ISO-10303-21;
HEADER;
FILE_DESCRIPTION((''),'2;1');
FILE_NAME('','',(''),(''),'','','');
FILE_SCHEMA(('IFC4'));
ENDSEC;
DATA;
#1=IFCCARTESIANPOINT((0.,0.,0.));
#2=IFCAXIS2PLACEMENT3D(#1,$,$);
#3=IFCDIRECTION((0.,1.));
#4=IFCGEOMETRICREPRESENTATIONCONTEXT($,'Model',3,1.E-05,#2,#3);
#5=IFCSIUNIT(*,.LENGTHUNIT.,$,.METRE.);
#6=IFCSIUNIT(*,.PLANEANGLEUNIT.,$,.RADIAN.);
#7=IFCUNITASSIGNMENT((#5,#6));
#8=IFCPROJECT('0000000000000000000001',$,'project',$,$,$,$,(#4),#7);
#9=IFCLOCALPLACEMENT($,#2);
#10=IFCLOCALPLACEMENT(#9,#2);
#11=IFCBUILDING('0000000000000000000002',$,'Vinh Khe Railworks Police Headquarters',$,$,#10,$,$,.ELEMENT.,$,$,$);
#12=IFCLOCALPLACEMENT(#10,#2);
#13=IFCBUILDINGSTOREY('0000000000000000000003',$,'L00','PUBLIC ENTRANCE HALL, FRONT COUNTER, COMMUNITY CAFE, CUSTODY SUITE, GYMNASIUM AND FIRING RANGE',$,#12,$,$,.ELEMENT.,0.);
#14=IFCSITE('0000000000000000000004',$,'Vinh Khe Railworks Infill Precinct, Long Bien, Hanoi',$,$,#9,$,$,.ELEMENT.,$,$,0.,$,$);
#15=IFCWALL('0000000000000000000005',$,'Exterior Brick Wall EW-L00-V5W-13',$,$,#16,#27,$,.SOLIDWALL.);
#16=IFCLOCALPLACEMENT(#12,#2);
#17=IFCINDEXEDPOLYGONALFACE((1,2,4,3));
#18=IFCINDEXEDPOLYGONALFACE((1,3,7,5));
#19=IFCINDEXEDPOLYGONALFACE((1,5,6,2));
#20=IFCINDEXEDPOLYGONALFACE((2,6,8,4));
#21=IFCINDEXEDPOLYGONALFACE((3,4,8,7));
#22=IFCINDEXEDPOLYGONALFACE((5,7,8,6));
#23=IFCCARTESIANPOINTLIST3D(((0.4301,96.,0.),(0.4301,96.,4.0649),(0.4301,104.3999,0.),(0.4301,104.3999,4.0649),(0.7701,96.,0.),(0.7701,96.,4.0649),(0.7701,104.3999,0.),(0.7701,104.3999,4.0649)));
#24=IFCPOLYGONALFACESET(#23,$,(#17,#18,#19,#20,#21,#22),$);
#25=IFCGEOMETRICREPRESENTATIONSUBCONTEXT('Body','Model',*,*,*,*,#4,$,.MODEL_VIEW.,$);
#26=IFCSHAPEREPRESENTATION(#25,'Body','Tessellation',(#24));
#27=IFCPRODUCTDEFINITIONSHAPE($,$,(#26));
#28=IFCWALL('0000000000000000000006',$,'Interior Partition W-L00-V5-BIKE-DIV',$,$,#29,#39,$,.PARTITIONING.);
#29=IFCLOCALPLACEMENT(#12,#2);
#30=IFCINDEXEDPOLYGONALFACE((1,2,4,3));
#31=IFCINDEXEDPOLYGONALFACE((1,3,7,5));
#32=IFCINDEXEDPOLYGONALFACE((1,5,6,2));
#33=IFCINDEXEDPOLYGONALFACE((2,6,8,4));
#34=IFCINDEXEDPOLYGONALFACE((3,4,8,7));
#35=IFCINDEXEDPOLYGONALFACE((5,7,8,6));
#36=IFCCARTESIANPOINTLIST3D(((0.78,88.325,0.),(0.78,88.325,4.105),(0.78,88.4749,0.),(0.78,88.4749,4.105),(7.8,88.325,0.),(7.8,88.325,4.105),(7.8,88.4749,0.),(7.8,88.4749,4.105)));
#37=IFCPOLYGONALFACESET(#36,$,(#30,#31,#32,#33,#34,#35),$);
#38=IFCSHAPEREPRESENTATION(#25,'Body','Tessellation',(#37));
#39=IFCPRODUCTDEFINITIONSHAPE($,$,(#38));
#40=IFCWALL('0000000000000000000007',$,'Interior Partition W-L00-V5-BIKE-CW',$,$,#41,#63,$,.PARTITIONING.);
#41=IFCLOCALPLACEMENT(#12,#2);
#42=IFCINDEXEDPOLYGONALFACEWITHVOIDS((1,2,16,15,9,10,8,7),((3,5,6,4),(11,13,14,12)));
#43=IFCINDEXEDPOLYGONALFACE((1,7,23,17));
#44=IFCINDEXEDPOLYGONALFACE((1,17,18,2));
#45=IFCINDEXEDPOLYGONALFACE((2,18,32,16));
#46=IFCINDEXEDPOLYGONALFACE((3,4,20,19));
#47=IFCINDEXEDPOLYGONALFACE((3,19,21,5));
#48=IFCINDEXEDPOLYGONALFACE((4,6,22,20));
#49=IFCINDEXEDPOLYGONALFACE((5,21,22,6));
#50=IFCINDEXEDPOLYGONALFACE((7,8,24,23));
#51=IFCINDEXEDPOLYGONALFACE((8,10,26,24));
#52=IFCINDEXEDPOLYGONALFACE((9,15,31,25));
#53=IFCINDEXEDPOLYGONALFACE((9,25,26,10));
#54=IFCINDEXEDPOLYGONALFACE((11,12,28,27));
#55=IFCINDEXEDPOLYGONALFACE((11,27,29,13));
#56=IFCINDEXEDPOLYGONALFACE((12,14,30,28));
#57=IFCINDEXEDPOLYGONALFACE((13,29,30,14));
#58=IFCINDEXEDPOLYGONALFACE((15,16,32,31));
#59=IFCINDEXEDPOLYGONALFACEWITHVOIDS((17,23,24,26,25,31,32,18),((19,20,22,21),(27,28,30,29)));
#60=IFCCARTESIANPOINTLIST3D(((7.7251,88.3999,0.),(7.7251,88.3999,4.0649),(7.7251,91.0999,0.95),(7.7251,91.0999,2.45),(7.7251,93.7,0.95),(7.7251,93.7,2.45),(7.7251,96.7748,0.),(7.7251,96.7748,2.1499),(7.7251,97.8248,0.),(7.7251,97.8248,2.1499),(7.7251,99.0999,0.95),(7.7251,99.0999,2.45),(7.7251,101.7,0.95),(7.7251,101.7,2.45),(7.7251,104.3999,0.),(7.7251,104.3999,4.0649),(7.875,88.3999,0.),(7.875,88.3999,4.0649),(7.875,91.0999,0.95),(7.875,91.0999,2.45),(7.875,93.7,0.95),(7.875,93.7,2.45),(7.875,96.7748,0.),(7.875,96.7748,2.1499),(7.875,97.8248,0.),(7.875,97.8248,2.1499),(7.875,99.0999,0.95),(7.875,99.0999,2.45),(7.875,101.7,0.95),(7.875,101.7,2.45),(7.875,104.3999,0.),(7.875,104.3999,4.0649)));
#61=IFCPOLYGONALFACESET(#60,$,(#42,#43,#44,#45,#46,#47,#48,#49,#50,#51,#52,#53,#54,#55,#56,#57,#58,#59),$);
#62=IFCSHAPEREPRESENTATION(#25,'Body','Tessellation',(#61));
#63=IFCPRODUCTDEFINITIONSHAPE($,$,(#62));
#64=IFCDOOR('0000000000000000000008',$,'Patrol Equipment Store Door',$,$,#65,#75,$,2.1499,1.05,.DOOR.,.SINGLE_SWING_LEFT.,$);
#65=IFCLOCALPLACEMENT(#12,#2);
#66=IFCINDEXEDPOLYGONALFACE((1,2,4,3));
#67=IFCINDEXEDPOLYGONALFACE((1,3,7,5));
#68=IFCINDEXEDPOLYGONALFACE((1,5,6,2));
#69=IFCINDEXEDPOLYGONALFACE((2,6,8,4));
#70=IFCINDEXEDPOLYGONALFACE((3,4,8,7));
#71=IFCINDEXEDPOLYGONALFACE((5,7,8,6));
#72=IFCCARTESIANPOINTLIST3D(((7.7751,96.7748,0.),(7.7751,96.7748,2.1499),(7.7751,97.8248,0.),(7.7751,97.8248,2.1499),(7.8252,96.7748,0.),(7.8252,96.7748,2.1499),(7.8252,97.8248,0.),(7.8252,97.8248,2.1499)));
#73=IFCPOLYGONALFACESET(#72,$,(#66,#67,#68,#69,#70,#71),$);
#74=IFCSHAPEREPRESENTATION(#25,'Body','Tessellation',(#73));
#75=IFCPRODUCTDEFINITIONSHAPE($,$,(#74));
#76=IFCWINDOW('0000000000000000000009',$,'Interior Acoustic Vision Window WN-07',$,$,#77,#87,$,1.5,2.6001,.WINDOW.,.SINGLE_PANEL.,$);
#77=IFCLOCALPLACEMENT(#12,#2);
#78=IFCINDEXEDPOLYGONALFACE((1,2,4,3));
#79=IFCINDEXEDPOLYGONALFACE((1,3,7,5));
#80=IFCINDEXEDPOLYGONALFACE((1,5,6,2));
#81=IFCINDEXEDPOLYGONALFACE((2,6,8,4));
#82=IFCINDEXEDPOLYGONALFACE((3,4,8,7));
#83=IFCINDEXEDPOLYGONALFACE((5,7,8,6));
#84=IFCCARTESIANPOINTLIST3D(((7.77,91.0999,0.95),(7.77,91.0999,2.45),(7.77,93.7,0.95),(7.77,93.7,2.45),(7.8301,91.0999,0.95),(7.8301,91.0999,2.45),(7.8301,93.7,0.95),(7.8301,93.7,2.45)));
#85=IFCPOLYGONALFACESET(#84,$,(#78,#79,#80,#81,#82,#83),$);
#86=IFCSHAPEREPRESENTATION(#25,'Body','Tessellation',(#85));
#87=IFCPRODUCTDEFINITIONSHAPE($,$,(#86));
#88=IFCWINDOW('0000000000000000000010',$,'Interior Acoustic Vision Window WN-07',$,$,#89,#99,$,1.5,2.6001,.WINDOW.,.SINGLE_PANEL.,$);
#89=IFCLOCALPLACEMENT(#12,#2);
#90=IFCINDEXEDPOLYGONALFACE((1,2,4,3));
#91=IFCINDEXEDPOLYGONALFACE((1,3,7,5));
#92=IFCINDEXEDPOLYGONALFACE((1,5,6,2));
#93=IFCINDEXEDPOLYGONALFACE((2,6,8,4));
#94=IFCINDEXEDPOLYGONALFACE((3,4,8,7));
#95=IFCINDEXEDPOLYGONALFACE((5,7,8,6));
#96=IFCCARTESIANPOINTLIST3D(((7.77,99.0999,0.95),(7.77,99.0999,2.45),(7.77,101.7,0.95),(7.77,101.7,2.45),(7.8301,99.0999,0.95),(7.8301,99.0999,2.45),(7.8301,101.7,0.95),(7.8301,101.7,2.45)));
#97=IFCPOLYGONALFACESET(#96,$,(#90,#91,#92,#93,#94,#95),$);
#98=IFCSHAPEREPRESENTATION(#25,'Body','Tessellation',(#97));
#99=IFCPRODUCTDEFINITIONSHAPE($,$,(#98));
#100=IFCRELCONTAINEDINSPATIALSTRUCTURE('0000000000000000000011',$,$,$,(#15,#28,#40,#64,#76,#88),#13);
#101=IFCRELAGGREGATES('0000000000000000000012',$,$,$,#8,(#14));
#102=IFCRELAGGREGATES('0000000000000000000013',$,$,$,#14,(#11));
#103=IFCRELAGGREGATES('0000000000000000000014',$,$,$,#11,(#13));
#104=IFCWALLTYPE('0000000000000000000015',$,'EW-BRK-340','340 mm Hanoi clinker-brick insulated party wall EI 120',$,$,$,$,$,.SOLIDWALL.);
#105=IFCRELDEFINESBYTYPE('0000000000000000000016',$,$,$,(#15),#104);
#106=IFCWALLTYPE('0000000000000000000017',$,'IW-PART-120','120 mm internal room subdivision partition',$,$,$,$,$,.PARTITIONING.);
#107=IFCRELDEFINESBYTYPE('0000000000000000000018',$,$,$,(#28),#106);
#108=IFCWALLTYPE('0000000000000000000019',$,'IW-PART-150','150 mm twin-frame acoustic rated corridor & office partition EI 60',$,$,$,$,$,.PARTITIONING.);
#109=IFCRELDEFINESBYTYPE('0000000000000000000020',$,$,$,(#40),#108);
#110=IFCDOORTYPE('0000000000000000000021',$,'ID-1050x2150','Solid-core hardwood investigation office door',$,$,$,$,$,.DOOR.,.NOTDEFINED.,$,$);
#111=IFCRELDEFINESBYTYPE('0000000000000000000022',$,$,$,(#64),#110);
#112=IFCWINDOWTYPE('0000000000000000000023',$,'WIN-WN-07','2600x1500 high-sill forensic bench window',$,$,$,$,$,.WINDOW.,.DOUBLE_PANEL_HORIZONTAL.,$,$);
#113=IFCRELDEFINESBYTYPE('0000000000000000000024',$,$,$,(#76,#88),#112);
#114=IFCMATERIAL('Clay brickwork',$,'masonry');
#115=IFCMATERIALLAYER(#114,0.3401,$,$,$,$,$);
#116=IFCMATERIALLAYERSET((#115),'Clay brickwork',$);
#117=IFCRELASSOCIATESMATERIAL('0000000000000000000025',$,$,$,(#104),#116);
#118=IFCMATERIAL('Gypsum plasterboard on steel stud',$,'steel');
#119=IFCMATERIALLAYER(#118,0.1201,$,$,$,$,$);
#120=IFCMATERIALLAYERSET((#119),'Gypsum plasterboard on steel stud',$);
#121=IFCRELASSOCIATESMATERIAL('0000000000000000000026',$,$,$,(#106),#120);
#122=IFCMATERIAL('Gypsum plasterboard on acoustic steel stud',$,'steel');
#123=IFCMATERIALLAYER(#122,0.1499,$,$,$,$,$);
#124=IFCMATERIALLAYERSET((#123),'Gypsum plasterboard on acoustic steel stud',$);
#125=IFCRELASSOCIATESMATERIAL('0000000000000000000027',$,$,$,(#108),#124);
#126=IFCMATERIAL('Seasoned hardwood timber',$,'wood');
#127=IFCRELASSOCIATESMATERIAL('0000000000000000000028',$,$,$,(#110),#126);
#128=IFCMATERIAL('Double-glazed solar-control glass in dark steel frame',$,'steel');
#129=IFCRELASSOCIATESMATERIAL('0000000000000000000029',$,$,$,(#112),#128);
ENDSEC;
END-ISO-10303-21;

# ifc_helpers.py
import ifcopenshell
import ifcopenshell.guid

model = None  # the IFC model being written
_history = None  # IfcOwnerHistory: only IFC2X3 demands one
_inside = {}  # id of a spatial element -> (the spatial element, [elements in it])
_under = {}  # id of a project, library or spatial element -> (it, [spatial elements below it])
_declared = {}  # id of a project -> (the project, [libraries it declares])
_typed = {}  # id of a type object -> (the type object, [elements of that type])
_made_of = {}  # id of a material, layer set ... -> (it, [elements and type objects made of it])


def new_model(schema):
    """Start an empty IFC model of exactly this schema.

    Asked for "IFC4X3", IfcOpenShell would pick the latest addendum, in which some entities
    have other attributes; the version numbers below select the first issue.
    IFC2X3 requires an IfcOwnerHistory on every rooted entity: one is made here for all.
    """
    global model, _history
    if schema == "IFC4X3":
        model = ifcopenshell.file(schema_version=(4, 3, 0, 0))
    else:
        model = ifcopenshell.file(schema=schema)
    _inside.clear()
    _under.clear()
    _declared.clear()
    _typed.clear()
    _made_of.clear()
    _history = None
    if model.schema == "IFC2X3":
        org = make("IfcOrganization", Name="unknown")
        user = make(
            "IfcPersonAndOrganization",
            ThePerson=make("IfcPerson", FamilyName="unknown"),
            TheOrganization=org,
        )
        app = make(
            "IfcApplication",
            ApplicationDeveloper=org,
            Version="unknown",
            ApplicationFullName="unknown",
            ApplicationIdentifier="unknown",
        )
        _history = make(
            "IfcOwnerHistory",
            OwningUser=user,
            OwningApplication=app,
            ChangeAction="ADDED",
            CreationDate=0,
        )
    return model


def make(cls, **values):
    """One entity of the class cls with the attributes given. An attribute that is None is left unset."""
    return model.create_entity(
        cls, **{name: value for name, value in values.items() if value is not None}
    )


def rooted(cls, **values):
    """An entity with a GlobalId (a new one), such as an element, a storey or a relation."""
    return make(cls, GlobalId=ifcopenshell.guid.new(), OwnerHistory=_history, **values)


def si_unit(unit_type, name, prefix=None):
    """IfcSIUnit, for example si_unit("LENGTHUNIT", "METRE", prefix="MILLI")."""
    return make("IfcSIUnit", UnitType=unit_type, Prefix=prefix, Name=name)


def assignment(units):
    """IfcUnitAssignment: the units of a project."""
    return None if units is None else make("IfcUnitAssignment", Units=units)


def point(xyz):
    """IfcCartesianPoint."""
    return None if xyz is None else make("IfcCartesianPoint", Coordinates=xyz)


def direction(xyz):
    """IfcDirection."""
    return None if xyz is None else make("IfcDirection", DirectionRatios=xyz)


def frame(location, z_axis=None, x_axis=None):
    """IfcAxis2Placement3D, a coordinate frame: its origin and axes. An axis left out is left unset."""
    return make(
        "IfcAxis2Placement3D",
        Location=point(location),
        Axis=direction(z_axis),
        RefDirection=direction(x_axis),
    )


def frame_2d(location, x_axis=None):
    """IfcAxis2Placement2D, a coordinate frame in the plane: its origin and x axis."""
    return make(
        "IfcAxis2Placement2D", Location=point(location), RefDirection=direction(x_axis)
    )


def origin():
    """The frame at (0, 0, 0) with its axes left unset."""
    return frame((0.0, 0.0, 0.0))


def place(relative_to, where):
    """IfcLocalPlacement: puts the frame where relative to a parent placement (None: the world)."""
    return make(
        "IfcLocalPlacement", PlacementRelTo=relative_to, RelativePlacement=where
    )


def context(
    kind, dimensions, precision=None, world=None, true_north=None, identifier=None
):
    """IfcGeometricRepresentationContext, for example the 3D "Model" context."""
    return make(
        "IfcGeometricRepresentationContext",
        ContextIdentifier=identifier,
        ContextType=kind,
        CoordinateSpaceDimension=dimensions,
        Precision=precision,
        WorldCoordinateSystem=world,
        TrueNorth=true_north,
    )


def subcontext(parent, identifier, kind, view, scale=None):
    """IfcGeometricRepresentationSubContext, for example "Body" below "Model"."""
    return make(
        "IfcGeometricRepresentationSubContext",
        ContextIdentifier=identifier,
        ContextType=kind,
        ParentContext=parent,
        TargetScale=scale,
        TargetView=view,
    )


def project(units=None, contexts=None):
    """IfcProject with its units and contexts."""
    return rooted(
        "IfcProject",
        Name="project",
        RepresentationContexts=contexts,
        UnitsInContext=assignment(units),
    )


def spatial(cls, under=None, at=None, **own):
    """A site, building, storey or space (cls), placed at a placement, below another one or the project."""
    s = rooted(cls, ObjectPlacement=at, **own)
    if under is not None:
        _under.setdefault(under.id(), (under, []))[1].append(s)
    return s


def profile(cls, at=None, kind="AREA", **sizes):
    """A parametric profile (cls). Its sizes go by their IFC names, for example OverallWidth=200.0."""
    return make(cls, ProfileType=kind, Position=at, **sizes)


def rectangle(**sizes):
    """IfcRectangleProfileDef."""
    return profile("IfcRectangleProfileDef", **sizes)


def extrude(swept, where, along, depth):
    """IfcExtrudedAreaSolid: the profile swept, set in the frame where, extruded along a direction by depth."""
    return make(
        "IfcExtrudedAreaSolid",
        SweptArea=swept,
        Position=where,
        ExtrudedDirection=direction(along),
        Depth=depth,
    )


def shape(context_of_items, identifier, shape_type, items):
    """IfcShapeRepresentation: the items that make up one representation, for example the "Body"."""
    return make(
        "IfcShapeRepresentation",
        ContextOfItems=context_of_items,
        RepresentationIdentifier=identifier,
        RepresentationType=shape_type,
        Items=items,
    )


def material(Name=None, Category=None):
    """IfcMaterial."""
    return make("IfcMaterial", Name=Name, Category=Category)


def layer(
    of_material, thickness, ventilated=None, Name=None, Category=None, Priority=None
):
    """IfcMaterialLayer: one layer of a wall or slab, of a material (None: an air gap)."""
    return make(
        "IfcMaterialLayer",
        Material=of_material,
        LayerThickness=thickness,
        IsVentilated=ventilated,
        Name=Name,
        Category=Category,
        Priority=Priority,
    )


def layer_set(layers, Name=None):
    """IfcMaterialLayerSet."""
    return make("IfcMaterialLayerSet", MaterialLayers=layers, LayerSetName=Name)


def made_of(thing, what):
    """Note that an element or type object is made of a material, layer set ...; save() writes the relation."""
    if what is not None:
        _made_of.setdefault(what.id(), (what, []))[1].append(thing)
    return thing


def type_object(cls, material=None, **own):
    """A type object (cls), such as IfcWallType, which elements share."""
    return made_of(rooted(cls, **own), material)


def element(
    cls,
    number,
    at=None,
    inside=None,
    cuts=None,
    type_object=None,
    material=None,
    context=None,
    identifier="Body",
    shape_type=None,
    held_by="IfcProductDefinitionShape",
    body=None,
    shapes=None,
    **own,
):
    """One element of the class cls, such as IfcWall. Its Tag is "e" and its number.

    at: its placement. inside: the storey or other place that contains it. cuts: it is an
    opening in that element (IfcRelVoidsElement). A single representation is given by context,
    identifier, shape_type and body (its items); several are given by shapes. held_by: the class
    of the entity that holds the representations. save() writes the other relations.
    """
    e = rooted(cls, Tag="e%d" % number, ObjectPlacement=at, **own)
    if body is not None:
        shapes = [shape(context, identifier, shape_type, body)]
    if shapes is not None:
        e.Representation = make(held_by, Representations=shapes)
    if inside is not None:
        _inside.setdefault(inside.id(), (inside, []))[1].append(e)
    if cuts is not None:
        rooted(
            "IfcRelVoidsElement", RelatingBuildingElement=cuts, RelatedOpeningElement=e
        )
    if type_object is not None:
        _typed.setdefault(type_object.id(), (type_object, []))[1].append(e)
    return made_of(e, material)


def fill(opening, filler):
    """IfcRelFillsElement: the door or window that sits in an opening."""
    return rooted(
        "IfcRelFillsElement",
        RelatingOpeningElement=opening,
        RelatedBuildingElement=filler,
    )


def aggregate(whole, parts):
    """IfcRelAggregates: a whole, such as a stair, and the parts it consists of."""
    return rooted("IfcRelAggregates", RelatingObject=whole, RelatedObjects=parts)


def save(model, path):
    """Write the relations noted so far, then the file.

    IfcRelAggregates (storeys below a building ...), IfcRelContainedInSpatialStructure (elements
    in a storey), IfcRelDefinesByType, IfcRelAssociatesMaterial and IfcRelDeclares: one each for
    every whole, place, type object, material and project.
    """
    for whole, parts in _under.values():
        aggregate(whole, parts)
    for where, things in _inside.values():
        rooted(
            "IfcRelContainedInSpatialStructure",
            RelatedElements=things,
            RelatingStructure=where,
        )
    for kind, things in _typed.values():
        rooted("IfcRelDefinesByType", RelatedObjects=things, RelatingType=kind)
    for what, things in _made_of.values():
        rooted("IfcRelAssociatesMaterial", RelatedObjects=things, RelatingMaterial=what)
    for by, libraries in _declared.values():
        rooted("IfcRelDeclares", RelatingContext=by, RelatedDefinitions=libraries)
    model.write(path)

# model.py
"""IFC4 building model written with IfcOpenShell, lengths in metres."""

from ifc_helpers import new_model, si_unit, direction, frame, frame_2d, origin, place, context, subcontext, project, spatial, rectangle, extrude, material, layer, layer_set, type_object, element, fill, save


model = new_model("IFC4")

# Units and contexts
model_context = context("Model", 3, precision=1e-05, world=origin(), true_north=direction((0.0, 1.0)))
body_context = subcontext(model_context, "Body", "Model", "MODEL_VIEW")
ifc_project = project(units=[si_unit("LENGTHUNIT", "METRE"), si_unit("PLANEANGLEUNIT", "RADIAN")], contexts=[model_context])

# Site, building, storey
site_placement = place(None, origin())
site = spatial("IfcSite", under=ifc_project, at=site_placement, Name="Vinh Khe Railworks Infill Precinct, Long Bien, Hanoi", CompositionType="ELEMENT", RefElevation=0.0)
building_placement = place(site_placement, origin())
building = spatial("IfcBuilding", under=site, at=building_placement, Name="Vinh Khe Railworks Police Headquarters", CompositionType="ELEMENT")
storey_placement = place(building_placement, origin())
storey = spatial("IfcBuildingStorey", under=building, at=storey_placement, Name="L00", Description="PUBLIC ENTRANCE HALL, FRONT COUNTER, COMMUNITY CAFE, CUSTODY SUITE, GYMNASIUM AND FIRING RANGE", CompositionType="ELEMENT", Elevation=0.0)

# Walls
ifc_material_1 = material(Name="Clay brickwork", Category="masonry")
ifc_layer_1 = layer(ifc_material_1, 0.3401)
ifc_layer_set_1 = layer_set([ifc_layer_1], Name="Clay brickwork")
wall_type_1 = type_object("IfcWallType", Name="EW-BRK-340", Description="340 mm Hanoi clinker-brick insulated party wall EI 120", PredefinedType="SOLIDWALL", material=ifc_layer_set_1)
wall_1_placement = place(storey_placement, frame((0.6001, 96.0, 0.0), z_axis=(0.0, 0.0, 1.0), x_axis=(0.0, 1.0, 0.0)))
element("IfcWall", 1, at=wall_1_placement, inside=storey, type_object=wall_type_1, Name="Exterior Brick Wall EW-L00-V5W-13", PredefinedType="SOLIDWALL", context=body_context, shape_type="SweptSolid", body=[
    extrude(rectangle(XDim=8.3999, YDim=0.3401, at=frame_2d((4.2, 0.0))), origin(), (0.0, 0.0, 1.0), 4.0649),
])
ifc_material_2 = material(Name="Gypsum plasterboard on steel stud", Category="steel")
ifc_layer_2 = layer(ifc_material_2, 0.1201)
ifc_layer_set_2 = layer_set([ifc_layer_2], Name="Gypsum plasterboard on steel stud")
wall_type_2 = type_object("IfcWallType", Name="IW-PART-120", Description="120 mm internal room subdivision partition", PredefinedType="PARTITIONING", material=ifc_layer_set_2)
wall_2_placement = place(storey_placement, frame((0.78, 88.3999, 0.0), z_axis=(0.0, 0.0, 1.0), x_axis=(1.0, 0.0, 0.0)))
element("IfcWall", 2, at=wall_2_placement, inside=storey, type_object=wall_type_2, Name="Interior Partition W-L00-V5-BIKE-DIV", PredefinedType="PARTITIONING", context=body_context, shape_type="SweptSolid", body=[
    extrude(rectangle(XDim=7.02, YDim=0.1499, at=frame_2d((3.51, 0.0))), origin(), (0.0, 0.0, 1.0), 4.105),
])

# Wall, openings, door, windows
ifc_material_3 = material(Name="Gypsum plasterboard on acoustic steel stud", Category="steel")
ifc_layer_3 = layer(ifc_material_3, 0.1499)
ifc_layer_set_3 = layer_set([ifc_layer_3], Name="Gypsum plasterboard on acoustic steel stud")
wall_type_3 = type_object("IfcWallType", Name="IW-PART-150", Description="150 mm twin-frame acoustic rated corridor & office partition EI 60", PredefinedType="PARTITIONING", material=ifc_layer_set_3)
wall_3_placement = place(storey_placement, frame((7.8, 88.3999, 0.0), z_axis=(0.0, 0.0, 1.0), x_axis=(0.0, 1.0, 0.0)))
wall_3 = element("IfcWall", 3, at=wall_3_placement, inside=storey, type_object=wall_type_3, Name="Interior Partition W-L00-V5-BIKE-CW", PredefinedType="PARTITIONING", context=body_context, shape_type="SweptSolid", body=[
    extrude(rectangle(XDim=16.0, YDim=0.1499, at=frame_2d((8.0, 0.0))), origin(), (0.0, 0.0, 1.0), 4.0649),
])
opening_1_placement = place(wall_3_placement, frame((8.375, 0.0, 0.0)))
opening_1 = element("IfcOpeningElement", 4, at=opening_1_placement, cuts=wall_3, PredefinedType="OPENING", context=body_context, shape_type="SweptSolid", body=[
    extrude(rectangle(XDim=1.05, YDim=2.1499, at=frame_2d((0.5249, 1.075))), frame((0.0, 0.0898, 0.0), z_axis=(0.0, -1.0, 0.0), x_axis=(1.0, 0.0, 0.0)), (0.0, 0.0, 1.0), 0.1797),
])
opening_2_placement = place(wall_3_placement, frame((2.7, 0.0, 0.95)))
opening_2 = element("IfcOpeningElement", 5, at=opening_2_placement, cuts=wall_3, PredefinedType="OPENING", context=body_context, shape_type="SweptSolid", body=[
    extrude(rectangle(XDim=2.6001, YDim=1.5, at=frame_2d((1.3, 0.75))), frame((0.0, 0.0898, 0.0), z_axis=(0.0, -1.0, 0.0), x_axis=(1.0, 0.0, 0.0)), (0.0, 0.0, 1.0), 0.1797),
])
opening_3_placement = place(wall_3_placement, frame((10.7, 0.0, 0.95)))
opening_3 = element("IfcOpeningElement", 6, at=opening_3_placement, cuts=wall_3, PredefinedType="OPENING", context=body_context, shape_type="SweptSolid", body=[
    extrude(rectangle(XDim=2.6001, YDim=1.5, at=frame_2d((1.3, 0.75))), frame((0.0, 0.0898, 0.0), z_axis=(0.0, -1.0, 0.0), x_axis=(1.0, 0.0, 0.0)), (0.0, 0.0, 1.0), 0.1797),
])
ifc_material_4 = material(Name="Seasoned hardwood timber", Category="wood")
door_type = type_object("IfcDoorType", Name="ID-1050x2150", Description="Solid-core hardwood investigation office door", OperationType="NOTDEFINED", PredefinedType="DOOR", material=ifc_material_4)
door_placement = place(opening_1_placement, origin())
door = element("IfcDoor", 7, at=door_placement, inside=storey, type_object=door_type, Name="Patrol Equipment Store Door", OperationType="SINGLE_SWING_LEFT", OverallHeight=2.1499, OverallWidth=1.05, PredefinedType="DOOR", context=body_context, shape_type="SweptSolid", body=[
    extrude(rectangle(XDim=1.05, YDim=2.1499, at=frame_2d((0.5249, 1.075))), frame((0.0, 0.0249, 0.0), z_axis=(0.0, -1.0, 0.0), x_axis=(1.0, 0.0, 0.0)), (0.0, 0.0, 1.0), 0.05),
])
fill(opening_1, door)
ifc_material_5 = material(Name="Double-glazed solar-control glass in dark steel frame", Category="steel")
window_type = type_object("IfcWindowType", Name="WIN-WN-07", Description="2600x1500 high-sill forensic bench window", PartitioningType="DOUBLE_PANEL_HORIZONTAL", PredefinedType="WINDOW", material=ifc_material_5)
window_1_placement = place(opening_2_placement, origin())
window_1 = element("IfcWindow", 8, at=window_1_placement, inside=storey, type_object=window_type, Name="Interior Acoustic Vision Window WN-07", OverallHeight=1.5, OverallWidth=2.6001, PartitioningType="SINGLE_PANEL", PredefinedType="WINDOW", context=body_context, shape_type="SweptSolid", body=[
    extrude(rectangle(XDim=2.6001, YDim=1.5, at=frame_2d((1.3, 0.75))), frame((0.0, 0.03, 0.0), z_axis=(0.0, -1.0, 0.0), x_axis=(1.0, 0.0, 0.0)), (0.0, 0.0, 1.0), 0.0601),
])
fill(opening_2, window_1)
window_2_placement = place(opening_3_placement, origin())
window_2 = element("IfcWindow", 9, at=window_2_placement, inside=storey, type_object=window_type, Name="Interior Acoustic Vision Window WN-07", OverallHeight=1.5, OverallWidth=2.6001, PartitioningType="SINGLE_PANEL", PredefinedType="WINDOW", context=body_context, shape_type="SweptSolid", body=[
    extrude(rectangle(XDim=2.6001, YDim=1.5, at=frame_2d((1.3, 0.75))), frame((0.0, 0.03, 0.0), z_axis=(0.0, -1.0, 0.0), x_axis=(1.0, 0.0, 0.0)), (0.0, 0.0, 1.0), 0.0601),
])
fill(opening_3, window_2)

save(model, "model.ifc")
